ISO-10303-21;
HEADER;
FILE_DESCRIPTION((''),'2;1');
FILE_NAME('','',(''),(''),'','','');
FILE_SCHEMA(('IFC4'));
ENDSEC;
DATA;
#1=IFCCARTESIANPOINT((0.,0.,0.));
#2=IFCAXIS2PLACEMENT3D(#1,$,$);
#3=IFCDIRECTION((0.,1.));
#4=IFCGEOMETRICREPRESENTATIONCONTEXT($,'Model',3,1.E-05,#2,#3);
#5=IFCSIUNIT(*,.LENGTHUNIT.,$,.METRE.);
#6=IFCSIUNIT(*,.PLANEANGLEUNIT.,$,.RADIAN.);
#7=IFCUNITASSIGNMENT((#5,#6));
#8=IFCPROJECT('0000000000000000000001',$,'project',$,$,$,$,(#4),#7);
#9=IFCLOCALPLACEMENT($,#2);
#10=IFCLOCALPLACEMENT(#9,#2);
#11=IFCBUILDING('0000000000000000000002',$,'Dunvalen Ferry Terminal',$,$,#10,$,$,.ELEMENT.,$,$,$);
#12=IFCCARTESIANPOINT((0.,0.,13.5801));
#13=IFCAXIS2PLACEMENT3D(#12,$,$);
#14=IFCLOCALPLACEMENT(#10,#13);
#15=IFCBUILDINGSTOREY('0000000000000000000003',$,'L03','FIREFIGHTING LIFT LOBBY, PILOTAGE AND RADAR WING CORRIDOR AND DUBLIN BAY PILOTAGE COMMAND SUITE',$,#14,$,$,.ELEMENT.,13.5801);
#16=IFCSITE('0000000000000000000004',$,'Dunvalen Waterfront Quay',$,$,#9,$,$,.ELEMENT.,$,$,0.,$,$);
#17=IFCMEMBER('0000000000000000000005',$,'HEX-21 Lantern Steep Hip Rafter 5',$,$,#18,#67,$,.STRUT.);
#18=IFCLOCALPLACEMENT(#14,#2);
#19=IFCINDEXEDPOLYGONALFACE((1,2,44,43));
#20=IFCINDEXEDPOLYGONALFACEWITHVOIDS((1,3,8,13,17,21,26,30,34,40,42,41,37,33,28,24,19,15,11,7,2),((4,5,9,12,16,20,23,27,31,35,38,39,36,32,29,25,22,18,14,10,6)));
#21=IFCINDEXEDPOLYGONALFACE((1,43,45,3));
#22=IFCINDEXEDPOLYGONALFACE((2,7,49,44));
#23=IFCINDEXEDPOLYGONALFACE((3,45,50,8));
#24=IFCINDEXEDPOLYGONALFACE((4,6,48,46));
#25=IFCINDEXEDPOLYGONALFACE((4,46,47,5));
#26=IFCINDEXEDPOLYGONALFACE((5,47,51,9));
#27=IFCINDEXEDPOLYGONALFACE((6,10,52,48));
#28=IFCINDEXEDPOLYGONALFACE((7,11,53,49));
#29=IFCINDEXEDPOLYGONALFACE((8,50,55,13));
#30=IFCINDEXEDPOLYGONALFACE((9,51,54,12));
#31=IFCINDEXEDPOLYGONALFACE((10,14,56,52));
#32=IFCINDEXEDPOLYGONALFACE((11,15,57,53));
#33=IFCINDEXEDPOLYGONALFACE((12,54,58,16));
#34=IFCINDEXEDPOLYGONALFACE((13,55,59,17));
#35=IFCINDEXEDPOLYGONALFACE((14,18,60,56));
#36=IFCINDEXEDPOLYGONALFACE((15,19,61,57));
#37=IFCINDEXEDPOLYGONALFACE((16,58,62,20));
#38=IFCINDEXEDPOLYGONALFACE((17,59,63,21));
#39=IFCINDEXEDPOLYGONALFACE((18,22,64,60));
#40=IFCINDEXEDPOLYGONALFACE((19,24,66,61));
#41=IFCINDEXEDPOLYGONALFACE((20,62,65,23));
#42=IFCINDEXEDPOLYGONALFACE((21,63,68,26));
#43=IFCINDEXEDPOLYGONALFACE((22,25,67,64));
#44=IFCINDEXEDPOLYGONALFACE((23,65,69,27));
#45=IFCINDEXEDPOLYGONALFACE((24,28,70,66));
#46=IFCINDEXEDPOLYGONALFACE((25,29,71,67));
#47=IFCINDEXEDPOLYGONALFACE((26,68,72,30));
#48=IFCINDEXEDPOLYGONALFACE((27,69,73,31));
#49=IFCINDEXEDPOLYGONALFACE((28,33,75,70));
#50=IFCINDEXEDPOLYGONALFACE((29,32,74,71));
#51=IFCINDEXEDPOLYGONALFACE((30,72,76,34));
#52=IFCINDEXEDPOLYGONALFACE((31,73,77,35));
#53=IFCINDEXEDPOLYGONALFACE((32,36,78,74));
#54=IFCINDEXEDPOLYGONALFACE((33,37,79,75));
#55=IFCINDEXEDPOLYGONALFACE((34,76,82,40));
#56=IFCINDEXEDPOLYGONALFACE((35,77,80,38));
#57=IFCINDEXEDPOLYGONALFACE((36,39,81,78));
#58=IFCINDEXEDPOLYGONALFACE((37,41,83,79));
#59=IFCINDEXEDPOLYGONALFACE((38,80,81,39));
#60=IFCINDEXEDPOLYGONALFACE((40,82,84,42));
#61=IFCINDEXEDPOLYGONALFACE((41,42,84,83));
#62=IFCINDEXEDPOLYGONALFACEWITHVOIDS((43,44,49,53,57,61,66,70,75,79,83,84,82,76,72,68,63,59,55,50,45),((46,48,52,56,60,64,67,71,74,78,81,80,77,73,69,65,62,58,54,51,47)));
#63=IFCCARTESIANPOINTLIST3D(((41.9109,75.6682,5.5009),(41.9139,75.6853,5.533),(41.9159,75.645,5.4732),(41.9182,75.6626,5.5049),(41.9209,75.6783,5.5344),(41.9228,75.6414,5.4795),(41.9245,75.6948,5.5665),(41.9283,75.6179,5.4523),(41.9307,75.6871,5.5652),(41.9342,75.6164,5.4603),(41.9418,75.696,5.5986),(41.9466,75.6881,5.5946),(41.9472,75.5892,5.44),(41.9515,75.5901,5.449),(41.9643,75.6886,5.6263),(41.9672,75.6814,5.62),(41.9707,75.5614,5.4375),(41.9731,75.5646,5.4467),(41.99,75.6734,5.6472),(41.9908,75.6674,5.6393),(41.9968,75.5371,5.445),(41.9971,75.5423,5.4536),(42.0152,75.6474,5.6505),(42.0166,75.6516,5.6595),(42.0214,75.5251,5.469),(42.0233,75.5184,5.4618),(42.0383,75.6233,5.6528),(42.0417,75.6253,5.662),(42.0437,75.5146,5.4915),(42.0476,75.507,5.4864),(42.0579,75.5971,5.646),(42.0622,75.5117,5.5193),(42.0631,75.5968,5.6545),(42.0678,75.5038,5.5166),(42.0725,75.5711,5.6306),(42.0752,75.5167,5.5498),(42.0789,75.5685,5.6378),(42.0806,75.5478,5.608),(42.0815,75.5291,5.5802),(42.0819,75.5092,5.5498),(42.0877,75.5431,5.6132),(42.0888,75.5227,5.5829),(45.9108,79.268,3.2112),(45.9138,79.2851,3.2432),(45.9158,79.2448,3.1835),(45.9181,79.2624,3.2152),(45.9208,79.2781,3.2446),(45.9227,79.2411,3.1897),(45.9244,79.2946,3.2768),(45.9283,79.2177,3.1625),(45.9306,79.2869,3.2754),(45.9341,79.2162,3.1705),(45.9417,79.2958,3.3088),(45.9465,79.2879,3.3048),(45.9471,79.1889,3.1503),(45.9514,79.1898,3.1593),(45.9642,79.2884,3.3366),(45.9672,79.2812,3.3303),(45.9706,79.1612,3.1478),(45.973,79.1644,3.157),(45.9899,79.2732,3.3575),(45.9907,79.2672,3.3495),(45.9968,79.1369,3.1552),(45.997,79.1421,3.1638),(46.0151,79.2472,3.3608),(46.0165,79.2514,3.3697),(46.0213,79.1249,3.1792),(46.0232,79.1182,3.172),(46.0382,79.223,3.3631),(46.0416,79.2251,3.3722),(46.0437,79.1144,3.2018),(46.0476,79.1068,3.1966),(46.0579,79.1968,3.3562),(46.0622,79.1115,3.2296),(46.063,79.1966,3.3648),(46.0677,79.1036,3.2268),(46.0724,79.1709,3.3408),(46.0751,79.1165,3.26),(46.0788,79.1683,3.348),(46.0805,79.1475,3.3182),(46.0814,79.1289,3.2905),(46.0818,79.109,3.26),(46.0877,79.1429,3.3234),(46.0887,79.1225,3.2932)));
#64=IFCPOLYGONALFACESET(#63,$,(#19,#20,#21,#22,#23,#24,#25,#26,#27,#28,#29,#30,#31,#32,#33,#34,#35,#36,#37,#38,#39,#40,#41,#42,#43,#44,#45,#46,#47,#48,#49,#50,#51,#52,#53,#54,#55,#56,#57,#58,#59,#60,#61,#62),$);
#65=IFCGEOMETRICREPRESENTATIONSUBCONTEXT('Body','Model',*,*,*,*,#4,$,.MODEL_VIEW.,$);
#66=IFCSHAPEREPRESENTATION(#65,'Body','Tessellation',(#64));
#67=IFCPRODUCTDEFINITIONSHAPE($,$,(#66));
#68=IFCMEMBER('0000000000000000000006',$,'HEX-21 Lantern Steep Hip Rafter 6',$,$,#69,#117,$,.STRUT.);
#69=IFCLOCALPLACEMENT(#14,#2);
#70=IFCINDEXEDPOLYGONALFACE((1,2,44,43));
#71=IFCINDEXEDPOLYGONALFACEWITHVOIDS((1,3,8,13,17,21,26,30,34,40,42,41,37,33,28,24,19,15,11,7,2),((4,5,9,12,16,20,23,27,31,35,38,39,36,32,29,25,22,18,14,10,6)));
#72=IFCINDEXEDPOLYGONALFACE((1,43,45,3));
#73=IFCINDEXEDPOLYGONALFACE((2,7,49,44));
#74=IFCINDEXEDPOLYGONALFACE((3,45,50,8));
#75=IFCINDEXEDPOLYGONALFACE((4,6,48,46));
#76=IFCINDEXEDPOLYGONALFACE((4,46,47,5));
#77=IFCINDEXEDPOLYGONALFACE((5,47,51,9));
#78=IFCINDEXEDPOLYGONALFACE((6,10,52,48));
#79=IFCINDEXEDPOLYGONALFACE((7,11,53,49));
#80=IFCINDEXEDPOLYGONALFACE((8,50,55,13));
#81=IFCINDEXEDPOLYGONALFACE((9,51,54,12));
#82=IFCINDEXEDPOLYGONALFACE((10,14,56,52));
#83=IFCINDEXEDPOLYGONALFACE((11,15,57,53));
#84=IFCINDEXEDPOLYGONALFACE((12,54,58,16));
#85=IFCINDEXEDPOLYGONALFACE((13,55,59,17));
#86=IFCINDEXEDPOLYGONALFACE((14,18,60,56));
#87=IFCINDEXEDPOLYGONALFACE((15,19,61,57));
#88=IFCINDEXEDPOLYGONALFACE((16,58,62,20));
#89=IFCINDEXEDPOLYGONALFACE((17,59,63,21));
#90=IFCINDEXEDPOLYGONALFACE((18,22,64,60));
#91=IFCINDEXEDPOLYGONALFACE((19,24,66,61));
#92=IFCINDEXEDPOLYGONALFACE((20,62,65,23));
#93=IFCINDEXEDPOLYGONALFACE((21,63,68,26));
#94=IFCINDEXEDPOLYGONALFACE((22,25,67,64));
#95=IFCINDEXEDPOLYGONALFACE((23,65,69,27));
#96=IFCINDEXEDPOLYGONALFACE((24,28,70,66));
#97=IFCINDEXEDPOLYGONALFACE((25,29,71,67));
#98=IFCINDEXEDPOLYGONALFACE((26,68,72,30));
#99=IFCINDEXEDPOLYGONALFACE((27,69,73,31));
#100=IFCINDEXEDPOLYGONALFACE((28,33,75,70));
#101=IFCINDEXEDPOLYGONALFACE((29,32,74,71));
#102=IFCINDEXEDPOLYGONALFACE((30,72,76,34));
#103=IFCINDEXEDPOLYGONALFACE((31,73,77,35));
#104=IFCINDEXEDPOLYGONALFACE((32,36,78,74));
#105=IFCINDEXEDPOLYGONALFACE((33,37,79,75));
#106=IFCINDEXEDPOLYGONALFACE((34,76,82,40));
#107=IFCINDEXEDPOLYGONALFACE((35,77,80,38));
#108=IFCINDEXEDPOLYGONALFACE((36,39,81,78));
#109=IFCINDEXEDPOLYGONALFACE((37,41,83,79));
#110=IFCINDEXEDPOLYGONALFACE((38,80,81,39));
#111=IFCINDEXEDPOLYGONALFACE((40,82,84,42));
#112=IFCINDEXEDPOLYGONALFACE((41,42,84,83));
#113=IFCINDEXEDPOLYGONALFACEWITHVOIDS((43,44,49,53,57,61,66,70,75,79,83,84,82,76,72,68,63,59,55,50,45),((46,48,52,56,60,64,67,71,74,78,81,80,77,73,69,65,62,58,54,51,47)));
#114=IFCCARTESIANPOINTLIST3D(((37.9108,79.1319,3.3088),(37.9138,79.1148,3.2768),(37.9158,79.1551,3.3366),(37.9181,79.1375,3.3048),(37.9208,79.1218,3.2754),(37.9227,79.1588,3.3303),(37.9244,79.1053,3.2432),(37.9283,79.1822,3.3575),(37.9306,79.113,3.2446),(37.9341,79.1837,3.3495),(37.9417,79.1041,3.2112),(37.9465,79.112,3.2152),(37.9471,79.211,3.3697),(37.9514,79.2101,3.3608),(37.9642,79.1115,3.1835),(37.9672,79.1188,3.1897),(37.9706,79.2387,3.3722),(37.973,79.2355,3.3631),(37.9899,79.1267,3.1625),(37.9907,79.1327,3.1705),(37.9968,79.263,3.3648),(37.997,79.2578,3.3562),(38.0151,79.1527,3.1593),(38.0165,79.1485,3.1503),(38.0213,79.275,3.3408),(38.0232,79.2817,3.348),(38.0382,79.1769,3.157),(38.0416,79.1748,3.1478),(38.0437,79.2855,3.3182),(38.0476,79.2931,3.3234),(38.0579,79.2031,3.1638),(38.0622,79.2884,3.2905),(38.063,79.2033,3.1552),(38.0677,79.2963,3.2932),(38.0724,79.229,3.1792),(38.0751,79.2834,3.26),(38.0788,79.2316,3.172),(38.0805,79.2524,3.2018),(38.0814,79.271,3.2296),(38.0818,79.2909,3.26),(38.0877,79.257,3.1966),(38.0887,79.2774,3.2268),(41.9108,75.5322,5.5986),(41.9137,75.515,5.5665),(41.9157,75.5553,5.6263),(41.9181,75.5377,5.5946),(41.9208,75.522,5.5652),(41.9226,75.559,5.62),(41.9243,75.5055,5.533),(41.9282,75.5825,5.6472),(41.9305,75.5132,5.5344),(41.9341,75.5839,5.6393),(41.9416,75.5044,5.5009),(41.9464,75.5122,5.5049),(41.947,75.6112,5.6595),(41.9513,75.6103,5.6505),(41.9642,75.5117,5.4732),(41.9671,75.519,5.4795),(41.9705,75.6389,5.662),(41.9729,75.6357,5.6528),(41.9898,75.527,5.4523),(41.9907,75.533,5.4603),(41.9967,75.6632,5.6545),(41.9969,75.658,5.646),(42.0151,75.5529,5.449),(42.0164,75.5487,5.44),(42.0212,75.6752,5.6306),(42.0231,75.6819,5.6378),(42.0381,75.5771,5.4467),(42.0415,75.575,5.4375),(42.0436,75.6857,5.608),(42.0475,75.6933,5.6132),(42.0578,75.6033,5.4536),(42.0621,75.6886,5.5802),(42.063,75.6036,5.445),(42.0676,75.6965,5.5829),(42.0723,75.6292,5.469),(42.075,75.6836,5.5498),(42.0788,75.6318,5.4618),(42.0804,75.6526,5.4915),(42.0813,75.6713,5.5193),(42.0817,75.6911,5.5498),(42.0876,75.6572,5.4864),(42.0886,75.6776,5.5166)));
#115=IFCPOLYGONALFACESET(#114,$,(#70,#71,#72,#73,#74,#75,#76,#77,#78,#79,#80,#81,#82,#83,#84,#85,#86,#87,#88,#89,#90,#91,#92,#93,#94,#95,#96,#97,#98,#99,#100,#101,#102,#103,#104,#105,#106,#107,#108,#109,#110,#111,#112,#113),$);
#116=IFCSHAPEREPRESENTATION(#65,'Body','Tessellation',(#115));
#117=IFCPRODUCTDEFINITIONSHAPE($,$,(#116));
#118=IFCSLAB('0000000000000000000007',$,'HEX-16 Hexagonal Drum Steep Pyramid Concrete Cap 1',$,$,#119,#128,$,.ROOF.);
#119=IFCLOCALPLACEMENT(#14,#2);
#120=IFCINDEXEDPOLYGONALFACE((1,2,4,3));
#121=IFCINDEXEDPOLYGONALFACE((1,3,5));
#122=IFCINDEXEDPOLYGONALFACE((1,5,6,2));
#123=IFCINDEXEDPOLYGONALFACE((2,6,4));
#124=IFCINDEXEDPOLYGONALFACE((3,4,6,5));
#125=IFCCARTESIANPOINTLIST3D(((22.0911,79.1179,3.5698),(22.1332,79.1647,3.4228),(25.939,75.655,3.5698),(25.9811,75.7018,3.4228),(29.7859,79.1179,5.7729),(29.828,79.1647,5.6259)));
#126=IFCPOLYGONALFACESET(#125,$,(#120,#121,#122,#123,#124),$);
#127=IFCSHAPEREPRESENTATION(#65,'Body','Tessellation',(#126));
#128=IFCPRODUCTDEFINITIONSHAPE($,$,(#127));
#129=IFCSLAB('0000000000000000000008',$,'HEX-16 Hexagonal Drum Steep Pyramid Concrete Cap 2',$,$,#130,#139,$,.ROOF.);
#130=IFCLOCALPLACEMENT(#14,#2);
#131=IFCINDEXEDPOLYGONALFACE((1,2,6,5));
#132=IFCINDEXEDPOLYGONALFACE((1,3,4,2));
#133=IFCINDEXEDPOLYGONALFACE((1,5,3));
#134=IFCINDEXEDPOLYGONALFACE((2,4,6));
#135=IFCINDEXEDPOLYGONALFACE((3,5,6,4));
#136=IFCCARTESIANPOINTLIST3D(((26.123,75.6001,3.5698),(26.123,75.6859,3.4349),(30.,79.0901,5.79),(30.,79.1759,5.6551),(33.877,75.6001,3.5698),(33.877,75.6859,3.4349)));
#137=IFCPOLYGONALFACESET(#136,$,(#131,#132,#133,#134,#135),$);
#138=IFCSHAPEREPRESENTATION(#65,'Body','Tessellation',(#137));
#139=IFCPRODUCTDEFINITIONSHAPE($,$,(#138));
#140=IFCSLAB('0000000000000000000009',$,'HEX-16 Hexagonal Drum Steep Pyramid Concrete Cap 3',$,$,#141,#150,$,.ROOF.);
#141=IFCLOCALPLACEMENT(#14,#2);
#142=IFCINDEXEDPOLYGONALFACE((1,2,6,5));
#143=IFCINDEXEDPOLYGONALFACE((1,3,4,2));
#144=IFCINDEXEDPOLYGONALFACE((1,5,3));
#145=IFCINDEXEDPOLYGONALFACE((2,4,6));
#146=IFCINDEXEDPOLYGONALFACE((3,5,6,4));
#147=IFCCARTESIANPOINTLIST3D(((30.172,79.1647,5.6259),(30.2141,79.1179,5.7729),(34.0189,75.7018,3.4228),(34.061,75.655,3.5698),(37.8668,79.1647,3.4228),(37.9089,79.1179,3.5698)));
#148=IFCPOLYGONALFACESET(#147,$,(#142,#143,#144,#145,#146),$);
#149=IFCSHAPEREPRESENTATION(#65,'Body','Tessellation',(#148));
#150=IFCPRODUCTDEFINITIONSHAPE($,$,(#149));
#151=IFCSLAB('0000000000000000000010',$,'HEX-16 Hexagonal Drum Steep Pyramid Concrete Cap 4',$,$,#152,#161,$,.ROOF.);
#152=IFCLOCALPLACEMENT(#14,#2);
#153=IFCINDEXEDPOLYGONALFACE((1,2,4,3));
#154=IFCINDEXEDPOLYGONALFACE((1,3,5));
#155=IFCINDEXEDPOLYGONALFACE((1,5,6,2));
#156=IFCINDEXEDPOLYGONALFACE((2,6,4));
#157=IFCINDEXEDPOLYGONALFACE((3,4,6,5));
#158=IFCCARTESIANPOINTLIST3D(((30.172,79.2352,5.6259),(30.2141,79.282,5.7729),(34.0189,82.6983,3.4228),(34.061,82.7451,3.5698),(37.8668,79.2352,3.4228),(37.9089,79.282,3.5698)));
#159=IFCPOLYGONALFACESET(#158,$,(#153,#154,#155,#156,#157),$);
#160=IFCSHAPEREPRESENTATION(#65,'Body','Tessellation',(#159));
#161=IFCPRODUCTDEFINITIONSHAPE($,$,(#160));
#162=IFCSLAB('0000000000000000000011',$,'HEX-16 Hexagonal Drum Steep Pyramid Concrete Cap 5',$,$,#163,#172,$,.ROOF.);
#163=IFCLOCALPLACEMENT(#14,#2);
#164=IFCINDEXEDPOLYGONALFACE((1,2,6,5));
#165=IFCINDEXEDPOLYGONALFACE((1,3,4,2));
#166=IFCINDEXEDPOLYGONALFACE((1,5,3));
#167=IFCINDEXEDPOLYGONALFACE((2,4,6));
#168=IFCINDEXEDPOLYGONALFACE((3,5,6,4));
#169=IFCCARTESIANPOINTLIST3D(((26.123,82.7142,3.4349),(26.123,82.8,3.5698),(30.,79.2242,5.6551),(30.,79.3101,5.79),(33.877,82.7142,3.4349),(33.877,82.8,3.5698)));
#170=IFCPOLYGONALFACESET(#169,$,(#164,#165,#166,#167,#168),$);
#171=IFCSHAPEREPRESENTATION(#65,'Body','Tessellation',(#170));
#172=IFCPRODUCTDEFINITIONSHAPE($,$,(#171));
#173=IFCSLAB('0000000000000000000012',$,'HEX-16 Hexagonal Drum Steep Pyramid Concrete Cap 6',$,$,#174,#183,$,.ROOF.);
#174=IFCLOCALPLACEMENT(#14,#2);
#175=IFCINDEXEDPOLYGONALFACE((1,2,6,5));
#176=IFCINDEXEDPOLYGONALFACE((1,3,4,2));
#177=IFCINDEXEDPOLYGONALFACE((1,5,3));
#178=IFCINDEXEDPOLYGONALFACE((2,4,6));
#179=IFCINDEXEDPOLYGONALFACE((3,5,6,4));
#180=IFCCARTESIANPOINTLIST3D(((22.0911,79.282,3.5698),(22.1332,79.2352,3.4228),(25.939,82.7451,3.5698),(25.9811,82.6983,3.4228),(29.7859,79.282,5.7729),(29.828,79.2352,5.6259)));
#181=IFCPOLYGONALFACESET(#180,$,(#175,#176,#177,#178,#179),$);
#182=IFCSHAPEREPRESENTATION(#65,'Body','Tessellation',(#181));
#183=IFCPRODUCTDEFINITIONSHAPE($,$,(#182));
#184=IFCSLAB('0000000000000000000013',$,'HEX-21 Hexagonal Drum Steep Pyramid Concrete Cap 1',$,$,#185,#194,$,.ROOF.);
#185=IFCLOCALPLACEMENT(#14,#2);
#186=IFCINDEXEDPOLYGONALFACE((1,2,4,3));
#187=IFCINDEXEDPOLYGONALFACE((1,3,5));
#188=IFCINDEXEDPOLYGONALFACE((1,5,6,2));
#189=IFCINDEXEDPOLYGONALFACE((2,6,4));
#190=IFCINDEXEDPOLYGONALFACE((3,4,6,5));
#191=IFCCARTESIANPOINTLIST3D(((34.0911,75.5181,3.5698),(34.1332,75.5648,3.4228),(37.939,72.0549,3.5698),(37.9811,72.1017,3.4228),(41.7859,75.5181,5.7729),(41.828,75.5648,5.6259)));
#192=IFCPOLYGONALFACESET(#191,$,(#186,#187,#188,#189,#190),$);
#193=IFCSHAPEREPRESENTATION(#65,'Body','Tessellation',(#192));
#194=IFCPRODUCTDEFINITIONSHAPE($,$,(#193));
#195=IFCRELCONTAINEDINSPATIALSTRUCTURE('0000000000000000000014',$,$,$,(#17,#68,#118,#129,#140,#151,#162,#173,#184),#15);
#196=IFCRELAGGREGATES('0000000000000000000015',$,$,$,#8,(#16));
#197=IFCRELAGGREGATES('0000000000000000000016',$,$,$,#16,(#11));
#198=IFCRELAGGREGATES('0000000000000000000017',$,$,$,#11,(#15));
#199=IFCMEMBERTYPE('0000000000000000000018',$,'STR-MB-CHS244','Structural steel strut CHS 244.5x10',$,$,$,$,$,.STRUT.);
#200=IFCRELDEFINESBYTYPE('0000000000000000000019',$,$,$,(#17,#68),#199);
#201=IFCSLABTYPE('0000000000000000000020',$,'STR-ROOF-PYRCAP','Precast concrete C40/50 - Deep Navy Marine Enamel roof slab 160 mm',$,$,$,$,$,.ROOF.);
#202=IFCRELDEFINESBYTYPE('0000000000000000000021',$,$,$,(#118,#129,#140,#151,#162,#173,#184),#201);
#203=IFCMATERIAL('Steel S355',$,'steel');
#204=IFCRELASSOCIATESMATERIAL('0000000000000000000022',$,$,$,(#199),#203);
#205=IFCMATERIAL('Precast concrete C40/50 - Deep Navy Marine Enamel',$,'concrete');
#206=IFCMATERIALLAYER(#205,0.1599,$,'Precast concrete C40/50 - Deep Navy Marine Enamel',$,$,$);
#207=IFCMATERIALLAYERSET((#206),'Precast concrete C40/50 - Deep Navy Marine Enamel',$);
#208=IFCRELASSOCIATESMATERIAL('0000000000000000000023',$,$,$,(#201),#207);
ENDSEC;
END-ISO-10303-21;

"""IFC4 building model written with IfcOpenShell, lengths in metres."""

from ifc_helpers import new_model, si_unit, direction, frame, origin, origin_2d, place, context, subcontext, project, spatial, polyline, hollow_circle, outline, extrude, material, layer, layer_set, material_profile, profile_set, type_object, element, save


model = new_model("IFC4")

# Units and contexts
model_context = context("Model", 3, precision=1e-05, world=origin(), true_north=direction((0.0, 1.0)))
body_context = subcontext(model_context, "Body", "Model", "MODEL_VIEW")
ifc_project = project(units=[si_unit("LENGTHUNIT", "METRE"), si_unit("PLANEANGLEUNIT", "RADIAN")], contexts=[model_context])

# Site, building, storey
site_placement = place(None, origin())
site = spatial("IfcSite", under=ifc_project, at=site_placement, Name="Dunvalen Waterfront Quay", CompositionType="ELEMENT", RefElevation=0.0)
building_placement = place(site_placement, origin())
building = spatial("IfcBuilding", under=site, at=building_placement, Name="Dunvalen Ferry Terminal", CompositionType="ELEMENT")
storey_placement = place(building_placement, frame((0.0, 0.0, 13.5801)))
storey = spatial("IfcBuildingStorey", under=building, at=storey_placement, Name="L03", Description="FIREFIGHTING LIFT LOBBY, PILOTAGE AND RADAR WING CORRIDOR AND DUBLIN BAY PILOTAGE COMMAND SUITE", CompositionType="ELEMENT", Elevation=13.5801)

# Shared definitions
ifc_material_1 = material(Name="Steel S355", Category="steel")

# Members
ifc_material_profile_1 = material_profile(ifc_material_1, hollow_circle(Radius=0.1223, WallThickness=0.01, at=origin_2d()), Name="Steel S355")
ifc_profile_set_1 = profile_set([ifc_material_profile_1], Name="Steel S355")
member_type = type_object("IfcMemberType", Name="STR-MB-CHS244", Description="Structural steel strut CHS 244.5x10", PredefinedType="STRUT", material=ifc_profile_set_1)
for number, where, z_axis, x_axis, name in (
    (1, (46.0, 79.2, 3.26), (-0.683965, -0.615543, 0.391535), (0.66895, -0.743308, 0.0), "HEX-21 Lantern Steep Hip Rafter 5"),
    (2, (38.0, 79.2, 3.26), (0.683965, -0.615543, 0.391535), (0.66895, 0.743308, 0.0), "HEX-21 Lantern Steep Hip Rafter 6"),
):
    element("IfcMember", number, at=place(storey_placement, frame(where, z_axis=z_axis, x_axis=x_axis)), inside=storey, type_object=member_type, Name=name, PredefinedType="STRUT", context=body_context, shape_type="SweptSolid", body=[
        extrude(hollow_circle(Radius=0.1223, WallThickness=0.01, at=origin_2d()), origin(), (0.0, 0.0, 1.0), 5.8481),
    ])

# Slabs
ifc_material_2 = material(Name="Precast concrete C40/50 - Deep Navy Marine Enamel", Category="concrete")
ifc_layer = layer(ifc_material_2, 0.1599, Name="Precast concrete C40/50 - Deep Navy Marine Enamel")
ifc_layer_set = layer_set([ifc_layer], Name="Precast concrete C40/50 - Deep Navy Marine Enamel")
slab_type = type_object("IfcSlabType", Name="STR-ROOF-PYRCAP", Description="Precast concrete C40/50 - Deep Navy Marine Enamel roof slab 160 mm", PredefinedType="ROOF", material=ifc_layer_set)
slab_1_placement = place(storey_placement, frame((22.0911, 79.1179, 3.5698), z_axis=(-0.263216, -0.292481, 0.919332), x_axis=(0.743315, -0.668941, 0.0)))
element("IfcSlab", 3, at=slab_1_placement, inside=storey, type_object=slab_type, Name="HEX-16 Hexagonal Drum Steep Pyramid Concrete Cap 1", PredefinedType="ROOF", context=body_context, shape_type="SweptSolid", body=[
    extrude(outline(polyline([(0.0, 0.0), (5.1767, 0.0), (5.7197, 5.599), (0.0, 0.0)])), origin(), (0.0, 0.0, -1.0), 0.1599),
])
slab_2_placement = place(storey_placement, frame((26.123, 75.6001, 3.5698), z_axis=(0.0, -0.536757, 0.843737), x_axis=(1.0, 0.0, 0.0)))
element("IfcSlab", 4, at=slab_2_placement, inside=storey, type_object=slab_type, Name="HEX-16 Hexagonal Drum Steep Pyramid Concrete Cap 2", PredefinedType="ROOF", context=body_context, shape_type="SweptSolid", body=[
    extrude(outline(polyline([(0.0, 0.0), (7.7539, 0.0), (3.877, 4.1363), (0.0, 0.0)])), origin(), (0.0, 0.0, -1.0), 0.1599),
])
slab_3_placement = place(storey_placement, frame((34.061, 75.655, 3.5698), z_axis=(0.263216, -0.292481, 0.919332), x_axis=(0.743315, 0.668941, 0.0)))
element("IfcSlab", 5, at=slab_3_placement, inside=storey, type_object=slab_type, Name="HEX-16 Hexagonal Drum Steep Pyramid Concrete Cap 3", PredefinedType="ROOF", context=body_context, shape_type="SweptSolid", body=[
    extrude(outline(polyline([(0.0, 0.0), (5.1767, 0.0), (-0.543, 5.599), (0.0, 0.0)])), origin(), (0.0, 0.0, -1.0), 0.1599),
])
slab_4_placement = place(storey_placement, frame((37.9089, 79.282, 3.5698), z_axis=(0.263218, 0.292462, 0.919338), x_axis=(-0.743292, 0.668967, 0.0)))
element("IfcSlab", 6, at=slab_4_placement, inside=storey, type_object=slab_type, Name="HEX-16 Hexagonal Drum Steep Pyramid Concrete Cap 4", PredefinedType="ROOF", context=body_context, shape_type="SweptSolid", body=[
    extrude(outline(polyline([(0.0, 0.0), (5.1768, 0.0), (5.7195, 5.5992), (0.0, 0.0)])), origin(), (0.0, 0.0, -1.0), 0.1599),
])
slab_5_placement = place(storey_placement, frame((33.877, 82.8, 3.5698), z_axis=(0.0, 0.536757, 0.843737), x_axis=(-1.0, 0.0, 0.0)))
element("IfcSlab", 7, at=slab_5_placement, inside=storey, type_object=slab_type, Name="HEX-16 Hexagonal Drum Steep Pyramid Concrete Cap 5", PredefinedType="ROOF", context=body_context, shape_type="SweptSolid", body=[
    extrude(outline(polyline([(0.0, 0.0), (7.7539, 0.0), (3.877, 4.1363), (0.0, 0.0)])), origin(), (0.0, 0.0, -1.0), 0.1599),
])
slab_6_placement = place(storey_placement, frame((25.939, 82.7451, 3.5698), z_axis=(-0.263218, 0.292462, 0.919338), x_axis=(-0.743292, -0.668967, 0.0)))
element("IfcSlab", 8, at=slab_6_placement, inside=storey, type_object=slab_type, Name="HEX-16 Hexagonal Drum Steep Pyramid Concrete Cap 6", PredefinedType="ROOF", context=body_context, shape_type="SweptSolid", body=[
    extrude(outline(polyline([(0.0, 0.0), (5.1768, 0.0), (-0.5427, 5.5992), (0.0, 0.0)])), origin(), (0.0, 0.0, -1.0), 0.1599),
])
slab_7_placement = place(storey_placement, frame((34.0911, 75.5181, 3.5698), z_axis=(-0.263218, -0.292462, 0.919338), x_axis=(0.743292, -0.668967, 0.0)))
element("IfcSlab", 9, at=slab_7_placement, inside=storey, type_object=slab_type, Name="HEX-21 Hexagonal Drum Steep Pyramid Concrete Cap 1", PredefinedType="ROOF", context=body_context, shape_type="SweptSolid", body=[
    extrude(outline(polyline([(0.0, 0.0), (5.1768, 0.0), (5.7195, 5.5992), (0.0, 0.0)])), origin(), (0.0, 0.0, -1.0), 0.1599),
])

save(model, "model.ifc")
